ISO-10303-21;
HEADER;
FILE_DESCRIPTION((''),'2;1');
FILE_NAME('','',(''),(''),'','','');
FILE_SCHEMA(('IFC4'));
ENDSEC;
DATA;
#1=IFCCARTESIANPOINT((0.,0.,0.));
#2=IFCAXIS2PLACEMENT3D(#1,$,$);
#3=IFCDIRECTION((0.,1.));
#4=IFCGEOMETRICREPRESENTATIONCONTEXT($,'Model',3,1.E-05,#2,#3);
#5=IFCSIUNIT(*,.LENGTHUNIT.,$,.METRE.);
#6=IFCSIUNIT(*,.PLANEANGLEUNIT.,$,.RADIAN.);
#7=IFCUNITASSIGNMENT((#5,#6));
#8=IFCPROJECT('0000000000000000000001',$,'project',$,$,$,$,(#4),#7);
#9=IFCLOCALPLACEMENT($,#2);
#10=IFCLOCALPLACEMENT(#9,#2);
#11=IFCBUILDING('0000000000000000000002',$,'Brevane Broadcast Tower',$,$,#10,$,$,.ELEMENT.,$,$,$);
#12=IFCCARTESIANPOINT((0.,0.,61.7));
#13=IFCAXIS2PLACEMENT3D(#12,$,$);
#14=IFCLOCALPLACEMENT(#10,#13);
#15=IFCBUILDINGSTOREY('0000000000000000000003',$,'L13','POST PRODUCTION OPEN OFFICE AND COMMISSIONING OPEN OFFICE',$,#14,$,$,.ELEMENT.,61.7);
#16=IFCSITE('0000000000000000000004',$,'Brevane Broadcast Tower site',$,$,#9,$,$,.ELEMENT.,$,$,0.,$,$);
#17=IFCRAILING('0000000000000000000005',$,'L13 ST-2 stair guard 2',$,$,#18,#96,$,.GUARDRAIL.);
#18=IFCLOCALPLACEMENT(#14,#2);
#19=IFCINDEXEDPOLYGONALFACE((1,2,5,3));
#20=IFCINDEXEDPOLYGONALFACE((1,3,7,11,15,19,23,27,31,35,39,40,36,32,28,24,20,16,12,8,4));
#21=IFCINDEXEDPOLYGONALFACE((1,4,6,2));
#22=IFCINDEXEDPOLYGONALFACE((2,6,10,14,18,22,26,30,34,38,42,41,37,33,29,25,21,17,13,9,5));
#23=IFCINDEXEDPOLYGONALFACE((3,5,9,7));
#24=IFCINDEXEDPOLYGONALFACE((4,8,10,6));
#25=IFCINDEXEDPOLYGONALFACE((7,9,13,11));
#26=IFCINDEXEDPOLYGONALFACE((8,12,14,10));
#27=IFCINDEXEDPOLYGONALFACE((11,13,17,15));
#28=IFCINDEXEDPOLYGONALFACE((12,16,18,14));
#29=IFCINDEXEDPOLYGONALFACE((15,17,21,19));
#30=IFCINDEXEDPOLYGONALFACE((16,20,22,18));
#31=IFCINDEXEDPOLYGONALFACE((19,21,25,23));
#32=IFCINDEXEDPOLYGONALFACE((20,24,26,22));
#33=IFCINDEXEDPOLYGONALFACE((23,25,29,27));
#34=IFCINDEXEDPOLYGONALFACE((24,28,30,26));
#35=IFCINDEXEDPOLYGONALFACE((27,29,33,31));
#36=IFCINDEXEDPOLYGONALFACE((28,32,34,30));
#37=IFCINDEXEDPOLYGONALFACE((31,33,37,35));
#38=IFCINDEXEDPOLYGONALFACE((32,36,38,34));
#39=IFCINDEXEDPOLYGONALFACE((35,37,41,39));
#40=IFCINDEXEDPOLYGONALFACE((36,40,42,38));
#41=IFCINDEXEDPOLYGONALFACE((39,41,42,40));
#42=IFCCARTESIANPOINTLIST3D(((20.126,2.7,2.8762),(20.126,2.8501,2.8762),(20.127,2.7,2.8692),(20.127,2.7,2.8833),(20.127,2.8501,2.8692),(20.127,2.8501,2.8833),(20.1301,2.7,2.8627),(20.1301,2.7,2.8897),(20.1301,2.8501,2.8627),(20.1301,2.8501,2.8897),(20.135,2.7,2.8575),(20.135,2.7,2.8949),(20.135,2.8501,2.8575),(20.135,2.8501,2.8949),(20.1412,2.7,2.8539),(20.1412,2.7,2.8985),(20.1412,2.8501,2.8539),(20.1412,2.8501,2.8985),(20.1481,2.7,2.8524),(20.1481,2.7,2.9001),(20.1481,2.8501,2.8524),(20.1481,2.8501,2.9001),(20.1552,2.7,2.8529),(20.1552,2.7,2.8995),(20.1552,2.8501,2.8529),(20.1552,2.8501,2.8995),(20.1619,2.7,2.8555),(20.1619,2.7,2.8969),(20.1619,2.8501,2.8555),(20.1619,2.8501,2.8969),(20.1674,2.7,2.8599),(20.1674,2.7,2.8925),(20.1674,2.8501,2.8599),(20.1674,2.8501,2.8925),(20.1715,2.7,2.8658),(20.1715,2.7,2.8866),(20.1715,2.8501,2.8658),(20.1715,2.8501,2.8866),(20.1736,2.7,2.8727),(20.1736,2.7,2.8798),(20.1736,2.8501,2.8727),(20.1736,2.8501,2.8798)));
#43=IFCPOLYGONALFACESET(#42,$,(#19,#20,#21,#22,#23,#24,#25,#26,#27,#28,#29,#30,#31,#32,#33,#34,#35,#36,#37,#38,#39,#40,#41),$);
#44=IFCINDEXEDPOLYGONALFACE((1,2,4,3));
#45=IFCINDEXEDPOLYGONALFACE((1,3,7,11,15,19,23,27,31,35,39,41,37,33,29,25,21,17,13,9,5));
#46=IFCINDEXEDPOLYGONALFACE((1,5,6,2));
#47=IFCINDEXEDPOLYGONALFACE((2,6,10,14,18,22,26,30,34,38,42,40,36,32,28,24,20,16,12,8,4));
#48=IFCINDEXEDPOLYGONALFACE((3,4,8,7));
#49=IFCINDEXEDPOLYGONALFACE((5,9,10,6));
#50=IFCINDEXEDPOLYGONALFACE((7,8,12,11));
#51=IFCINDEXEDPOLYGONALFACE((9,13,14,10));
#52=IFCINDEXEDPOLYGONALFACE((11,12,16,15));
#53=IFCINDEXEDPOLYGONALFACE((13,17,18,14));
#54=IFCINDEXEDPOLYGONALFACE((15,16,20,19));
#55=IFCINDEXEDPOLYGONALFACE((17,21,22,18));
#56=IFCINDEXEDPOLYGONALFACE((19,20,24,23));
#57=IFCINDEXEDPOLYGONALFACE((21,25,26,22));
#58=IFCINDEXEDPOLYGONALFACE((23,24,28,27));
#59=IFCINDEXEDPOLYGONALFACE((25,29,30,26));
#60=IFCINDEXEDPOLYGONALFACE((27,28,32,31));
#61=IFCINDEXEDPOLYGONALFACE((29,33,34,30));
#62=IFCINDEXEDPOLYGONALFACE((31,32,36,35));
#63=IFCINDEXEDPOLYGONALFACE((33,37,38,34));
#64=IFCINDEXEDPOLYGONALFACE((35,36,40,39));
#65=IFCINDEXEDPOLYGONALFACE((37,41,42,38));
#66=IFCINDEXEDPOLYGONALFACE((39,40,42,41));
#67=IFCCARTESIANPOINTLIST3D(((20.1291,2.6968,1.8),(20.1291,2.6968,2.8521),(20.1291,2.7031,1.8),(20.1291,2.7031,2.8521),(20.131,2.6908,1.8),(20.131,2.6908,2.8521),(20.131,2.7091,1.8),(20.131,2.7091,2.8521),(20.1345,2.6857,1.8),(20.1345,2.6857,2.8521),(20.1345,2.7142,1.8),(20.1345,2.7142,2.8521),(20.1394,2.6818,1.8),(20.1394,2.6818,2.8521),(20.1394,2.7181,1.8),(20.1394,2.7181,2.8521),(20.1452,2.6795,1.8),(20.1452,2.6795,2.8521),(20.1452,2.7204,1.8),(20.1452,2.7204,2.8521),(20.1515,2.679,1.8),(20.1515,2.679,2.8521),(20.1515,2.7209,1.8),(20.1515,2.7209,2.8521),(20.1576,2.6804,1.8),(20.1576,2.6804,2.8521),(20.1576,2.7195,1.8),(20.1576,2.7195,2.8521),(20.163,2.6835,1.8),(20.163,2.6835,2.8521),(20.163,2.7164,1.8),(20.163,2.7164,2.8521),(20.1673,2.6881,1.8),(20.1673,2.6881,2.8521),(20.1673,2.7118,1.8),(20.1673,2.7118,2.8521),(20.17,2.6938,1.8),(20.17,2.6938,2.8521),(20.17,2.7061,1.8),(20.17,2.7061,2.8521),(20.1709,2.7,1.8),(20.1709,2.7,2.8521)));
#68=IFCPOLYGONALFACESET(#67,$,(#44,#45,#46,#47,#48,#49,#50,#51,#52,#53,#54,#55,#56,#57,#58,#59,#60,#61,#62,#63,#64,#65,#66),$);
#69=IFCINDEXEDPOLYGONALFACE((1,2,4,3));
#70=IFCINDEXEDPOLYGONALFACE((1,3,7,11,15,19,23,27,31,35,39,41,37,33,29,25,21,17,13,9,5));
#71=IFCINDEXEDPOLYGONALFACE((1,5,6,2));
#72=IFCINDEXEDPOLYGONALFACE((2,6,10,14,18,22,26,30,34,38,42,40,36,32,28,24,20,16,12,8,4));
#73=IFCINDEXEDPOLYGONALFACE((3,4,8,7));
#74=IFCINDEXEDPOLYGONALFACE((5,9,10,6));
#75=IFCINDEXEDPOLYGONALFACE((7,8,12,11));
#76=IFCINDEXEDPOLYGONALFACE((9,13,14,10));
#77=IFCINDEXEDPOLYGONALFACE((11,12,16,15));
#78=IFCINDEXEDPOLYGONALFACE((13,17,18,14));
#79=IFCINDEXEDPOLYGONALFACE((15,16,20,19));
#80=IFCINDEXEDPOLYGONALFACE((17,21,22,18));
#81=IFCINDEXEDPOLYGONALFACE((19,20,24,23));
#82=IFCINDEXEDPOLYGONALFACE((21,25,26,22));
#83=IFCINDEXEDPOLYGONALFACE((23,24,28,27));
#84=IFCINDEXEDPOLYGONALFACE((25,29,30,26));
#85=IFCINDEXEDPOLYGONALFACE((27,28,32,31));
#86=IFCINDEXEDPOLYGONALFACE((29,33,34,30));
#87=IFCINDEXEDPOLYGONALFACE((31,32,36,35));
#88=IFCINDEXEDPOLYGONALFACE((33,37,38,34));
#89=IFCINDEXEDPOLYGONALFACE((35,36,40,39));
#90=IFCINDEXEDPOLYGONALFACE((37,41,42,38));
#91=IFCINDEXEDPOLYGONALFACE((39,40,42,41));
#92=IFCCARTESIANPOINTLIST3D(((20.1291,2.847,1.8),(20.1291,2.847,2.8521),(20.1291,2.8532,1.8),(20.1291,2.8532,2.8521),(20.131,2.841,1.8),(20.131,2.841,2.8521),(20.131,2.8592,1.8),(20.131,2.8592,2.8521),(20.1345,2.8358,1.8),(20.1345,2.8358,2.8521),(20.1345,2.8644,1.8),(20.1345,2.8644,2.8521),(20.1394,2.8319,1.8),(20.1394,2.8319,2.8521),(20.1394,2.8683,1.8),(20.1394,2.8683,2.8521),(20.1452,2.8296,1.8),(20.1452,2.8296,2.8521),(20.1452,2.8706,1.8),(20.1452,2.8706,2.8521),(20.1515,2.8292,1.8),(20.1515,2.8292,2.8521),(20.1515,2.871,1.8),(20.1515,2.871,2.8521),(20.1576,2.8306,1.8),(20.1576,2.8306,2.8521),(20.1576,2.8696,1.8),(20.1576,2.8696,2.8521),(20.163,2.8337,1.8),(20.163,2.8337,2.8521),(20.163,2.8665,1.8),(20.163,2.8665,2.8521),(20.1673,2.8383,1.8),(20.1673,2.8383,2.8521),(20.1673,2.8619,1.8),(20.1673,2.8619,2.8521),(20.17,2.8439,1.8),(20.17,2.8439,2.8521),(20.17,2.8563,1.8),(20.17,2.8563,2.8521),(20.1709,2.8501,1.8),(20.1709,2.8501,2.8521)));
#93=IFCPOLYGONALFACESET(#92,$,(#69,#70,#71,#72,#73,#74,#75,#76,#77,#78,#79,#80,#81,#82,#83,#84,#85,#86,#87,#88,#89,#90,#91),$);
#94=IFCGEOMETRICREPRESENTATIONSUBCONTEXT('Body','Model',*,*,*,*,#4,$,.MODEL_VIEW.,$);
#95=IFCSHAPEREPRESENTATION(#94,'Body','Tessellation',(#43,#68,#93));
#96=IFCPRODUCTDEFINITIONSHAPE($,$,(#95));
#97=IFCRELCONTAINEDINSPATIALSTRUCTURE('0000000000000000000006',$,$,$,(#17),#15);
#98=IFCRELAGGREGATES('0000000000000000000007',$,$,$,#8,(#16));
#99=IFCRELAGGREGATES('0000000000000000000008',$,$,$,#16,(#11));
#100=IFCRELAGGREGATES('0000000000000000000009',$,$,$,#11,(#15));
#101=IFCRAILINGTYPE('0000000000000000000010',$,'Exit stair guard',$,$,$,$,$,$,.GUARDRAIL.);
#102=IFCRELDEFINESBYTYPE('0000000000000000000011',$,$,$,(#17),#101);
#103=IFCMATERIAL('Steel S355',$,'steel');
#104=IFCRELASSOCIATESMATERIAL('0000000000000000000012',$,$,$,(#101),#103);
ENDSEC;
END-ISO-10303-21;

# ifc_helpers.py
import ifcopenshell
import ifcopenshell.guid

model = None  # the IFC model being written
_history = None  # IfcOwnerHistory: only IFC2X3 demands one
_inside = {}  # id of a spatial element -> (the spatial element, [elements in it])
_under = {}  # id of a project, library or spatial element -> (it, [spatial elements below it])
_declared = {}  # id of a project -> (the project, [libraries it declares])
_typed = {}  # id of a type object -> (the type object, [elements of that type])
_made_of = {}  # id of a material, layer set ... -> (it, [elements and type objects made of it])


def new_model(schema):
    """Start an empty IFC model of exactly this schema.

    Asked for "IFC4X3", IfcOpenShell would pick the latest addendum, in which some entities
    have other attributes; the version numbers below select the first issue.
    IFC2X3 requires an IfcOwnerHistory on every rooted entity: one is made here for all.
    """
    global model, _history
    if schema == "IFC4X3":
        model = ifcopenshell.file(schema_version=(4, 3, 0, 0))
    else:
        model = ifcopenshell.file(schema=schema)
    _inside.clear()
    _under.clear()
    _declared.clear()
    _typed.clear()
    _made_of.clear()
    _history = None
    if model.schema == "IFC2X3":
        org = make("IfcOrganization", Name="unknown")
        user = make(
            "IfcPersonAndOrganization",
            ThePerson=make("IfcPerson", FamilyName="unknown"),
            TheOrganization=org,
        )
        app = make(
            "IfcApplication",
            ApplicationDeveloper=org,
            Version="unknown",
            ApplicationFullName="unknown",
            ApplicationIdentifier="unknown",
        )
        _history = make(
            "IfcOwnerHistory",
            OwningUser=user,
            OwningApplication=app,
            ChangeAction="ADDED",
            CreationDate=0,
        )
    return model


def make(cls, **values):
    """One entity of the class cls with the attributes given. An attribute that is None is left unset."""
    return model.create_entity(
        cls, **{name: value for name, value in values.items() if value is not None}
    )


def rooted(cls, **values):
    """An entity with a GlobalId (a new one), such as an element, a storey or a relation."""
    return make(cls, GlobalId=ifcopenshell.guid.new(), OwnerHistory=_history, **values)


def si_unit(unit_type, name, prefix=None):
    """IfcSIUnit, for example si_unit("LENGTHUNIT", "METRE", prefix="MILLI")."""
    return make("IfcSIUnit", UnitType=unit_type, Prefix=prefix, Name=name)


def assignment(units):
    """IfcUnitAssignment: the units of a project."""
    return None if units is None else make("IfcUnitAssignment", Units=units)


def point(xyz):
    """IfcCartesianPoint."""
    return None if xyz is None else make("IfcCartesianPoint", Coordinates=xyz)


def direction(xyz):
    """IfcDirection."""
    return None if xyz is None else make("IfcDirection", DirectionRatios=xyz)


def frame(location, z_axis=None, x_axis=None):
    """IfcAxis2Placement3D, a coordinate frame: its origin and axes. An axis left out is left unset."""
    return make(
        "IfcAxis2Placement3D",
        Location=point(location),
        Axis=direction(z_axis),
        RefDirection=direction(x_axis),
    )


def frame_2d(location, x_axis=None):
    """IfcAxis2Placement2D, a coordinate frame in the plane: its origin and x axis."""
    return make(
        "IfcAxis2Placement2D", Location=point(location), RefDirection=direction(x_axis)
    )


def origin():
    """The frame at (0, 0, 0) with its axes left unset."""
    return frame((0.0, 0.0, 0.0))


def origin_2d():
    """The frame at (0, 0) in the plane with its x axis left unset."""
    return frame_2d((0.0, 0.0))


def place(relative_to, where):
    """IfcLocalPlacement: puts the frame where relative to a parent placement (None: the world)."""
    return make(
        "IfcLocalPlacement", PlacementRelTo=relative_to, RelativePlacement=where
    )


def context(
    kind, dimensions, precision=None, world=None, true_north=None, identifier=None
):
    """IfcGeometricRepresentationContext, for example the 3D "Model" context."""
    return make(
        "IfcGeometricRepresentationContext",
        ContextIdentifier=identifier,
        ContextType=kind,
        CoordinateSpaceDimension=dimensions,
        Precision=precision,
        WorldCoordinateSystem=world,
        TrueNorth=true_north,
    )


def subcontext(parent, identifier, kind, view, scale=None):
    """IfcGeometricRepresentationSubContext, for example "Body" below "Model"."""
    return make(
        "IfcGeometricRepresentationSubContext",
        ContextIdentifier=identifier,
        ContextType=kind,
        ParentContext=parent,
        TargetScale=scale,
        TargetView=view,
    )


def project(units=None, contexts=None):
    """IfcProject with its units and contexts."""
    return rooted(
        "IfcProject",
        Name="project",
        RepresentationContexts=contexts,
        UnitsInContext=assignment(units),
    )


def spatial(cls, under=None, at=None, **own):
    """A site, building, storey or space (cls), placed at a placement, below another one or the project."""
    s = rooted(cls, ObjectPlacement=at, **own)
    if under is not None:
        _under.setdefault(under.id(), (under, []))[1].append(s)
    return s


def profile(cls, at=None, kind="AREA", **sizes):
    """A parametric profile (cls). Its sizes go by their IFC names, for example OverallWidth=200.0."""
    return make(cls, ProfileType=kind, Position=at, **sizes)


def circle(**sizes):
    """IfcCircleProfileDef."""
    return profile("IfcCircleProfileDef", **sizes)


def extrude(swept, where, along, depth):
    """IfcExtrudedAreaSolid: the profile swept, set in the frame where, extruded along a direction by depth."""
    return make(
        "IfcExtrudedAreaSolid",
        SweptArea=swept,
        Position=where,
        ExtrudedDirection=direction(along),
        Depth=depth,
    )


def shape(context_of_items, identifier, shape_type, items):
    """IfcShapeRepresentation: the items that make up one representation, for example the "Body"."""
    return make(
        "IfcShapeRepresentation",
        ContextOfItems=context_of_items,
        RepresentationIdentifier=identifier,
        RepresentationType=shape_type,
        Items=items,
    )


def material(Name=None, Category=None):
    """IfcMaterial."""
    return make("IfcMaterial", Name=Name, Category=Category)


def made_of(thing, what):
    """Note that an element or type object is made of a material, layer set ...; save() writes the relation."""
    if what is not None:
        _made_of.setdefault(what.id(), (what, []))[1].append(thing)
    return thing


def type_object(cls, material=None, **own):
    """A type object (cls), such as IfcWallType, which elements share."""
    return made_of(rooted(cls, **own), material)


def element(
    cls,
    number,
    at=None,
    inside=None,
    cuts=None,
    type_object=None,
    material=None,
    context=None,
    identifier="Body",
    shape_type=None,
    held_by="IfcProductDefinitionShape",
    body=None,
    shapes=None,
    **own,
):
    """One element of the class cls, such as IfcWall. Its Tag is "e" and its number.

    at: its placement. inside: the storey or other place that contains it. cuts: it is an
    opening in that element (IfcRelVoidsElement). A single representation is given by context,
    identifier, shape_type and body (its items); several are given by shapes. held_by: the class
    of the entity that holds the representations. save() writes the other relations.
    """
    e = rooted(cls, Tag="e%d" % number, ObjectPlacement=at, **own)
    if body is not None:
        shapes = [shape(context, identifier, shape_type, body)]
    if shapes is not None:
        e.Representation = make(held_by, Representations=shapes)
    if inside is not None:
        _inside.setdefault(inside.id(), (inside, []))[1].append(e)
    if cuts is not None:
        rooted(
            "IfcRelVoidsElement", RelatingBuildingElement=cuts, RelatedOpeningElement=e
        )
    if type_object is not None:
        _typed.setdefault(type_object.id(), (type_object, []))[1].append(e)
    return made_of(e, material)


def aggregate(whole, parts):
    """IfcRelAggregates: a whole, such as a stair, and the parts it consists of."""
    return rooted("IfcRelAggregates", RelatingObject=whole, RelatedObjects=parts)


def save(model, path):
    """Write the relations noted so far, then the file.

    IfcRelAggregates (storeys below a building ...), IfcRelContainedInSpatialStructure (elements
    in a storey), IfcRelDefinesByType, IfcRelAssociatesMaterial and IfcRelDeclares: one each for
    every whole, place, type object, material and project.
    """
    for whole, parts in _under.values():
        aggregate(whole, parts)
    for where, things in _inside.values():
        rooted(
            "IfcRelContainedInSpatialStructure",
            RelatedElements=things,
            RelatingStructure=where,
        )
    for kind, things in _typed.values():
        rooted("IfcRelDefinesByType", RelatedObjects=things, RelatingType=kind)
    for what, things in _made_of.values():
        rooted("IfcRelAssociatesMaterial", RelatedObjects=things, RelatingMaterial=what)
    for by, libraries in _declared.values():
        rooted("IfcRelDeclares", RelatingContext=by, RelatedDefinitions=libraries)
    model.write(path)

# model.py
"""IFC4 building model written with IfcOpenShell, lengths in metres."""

from ifc_helpers import new_model, si_unit, direction, frame, origin, origin_2d, place, context, subcontext, project, spatial, circle, extrude, material, type_object, element, save


model = new_model("IFC4")

# Units and contexts
model_context = context("Model", 3, precision=1e-05, world=origin(), true_north=direction((0.0, 1.0)))
body_context = subcontext(model_context, "Body", "Model", "MODEL_VIEW")
ifc_project = project(units=[si_unit("LENGTHUNIT", "METRE"), si_unit("PLANEANGLEUNIT", "RADIAN")], contexts=[model_context])

# Site, building, storey
site_placement = place(None, origin())
site = spatial("IfcSite", under=ifc_project, at=site_placement, Name="Brevane Broadcast Tower site", CompositionType="ELEMENT", RefElevation=0.0)
building_placement = place(site_placement, origin())
building = spatial("IfcBuilding", under=site, at=building_placement, Name="Brevane Broadcast Tower", CompositionType="ELEMENT")
storey_placement = place(building_placement, frame((0.0, 0.0, 61.7)))
storey = spatial("IfcBuildingStorey", under=building, at=storey_placement, Name="L13", Description="POST PRODUCTION OPEN OFFICE AND COMMISSIONING OPEN OFFICE", CompositionType="ELEMENT", Elevation=61.7)

# Railing
ifc_material_1 = material(Name="Steel S355", Category="steel")
railing_type_1 = type_object("IfcRailingType", Name="Exit stair guard", PredefinedType="GUARDRAIL", material=ifc_material_1)
railing_1_placement = place(storey_placement, frame((20.1499, 2.7, 1.8)))
element("IfcRailing", 1, at=railing_1_placement, inside=storey, type_object=railing_type_1, Name="L13 ST-2 stair guard 2", PredefinedType="GUARDRAIL", context=body_context, shape_type="SweptSolid", body=[
    extrude(circle(Radius=0.0239, at=origin_2d()), frame((0.0, 0.0, 1.0762), z_axis=(0.0, 1.0, 0.0), x_axis=(-1.0, 0.0, 0.0)), (0.0, 0.0, 1.0), 0.1501),
    extrude(circle(Radius=0.021, at=origin_2d()), origin(), (0.0, 0.0, 1.0), 1.052),
    extrude(circle(Radius=0.021, at=origin_2d()), frame((0.0, 0.1501, 0.0)), (0.0, 0.0, 1.0), 1.052),
])

save(model, "model.ifc")
